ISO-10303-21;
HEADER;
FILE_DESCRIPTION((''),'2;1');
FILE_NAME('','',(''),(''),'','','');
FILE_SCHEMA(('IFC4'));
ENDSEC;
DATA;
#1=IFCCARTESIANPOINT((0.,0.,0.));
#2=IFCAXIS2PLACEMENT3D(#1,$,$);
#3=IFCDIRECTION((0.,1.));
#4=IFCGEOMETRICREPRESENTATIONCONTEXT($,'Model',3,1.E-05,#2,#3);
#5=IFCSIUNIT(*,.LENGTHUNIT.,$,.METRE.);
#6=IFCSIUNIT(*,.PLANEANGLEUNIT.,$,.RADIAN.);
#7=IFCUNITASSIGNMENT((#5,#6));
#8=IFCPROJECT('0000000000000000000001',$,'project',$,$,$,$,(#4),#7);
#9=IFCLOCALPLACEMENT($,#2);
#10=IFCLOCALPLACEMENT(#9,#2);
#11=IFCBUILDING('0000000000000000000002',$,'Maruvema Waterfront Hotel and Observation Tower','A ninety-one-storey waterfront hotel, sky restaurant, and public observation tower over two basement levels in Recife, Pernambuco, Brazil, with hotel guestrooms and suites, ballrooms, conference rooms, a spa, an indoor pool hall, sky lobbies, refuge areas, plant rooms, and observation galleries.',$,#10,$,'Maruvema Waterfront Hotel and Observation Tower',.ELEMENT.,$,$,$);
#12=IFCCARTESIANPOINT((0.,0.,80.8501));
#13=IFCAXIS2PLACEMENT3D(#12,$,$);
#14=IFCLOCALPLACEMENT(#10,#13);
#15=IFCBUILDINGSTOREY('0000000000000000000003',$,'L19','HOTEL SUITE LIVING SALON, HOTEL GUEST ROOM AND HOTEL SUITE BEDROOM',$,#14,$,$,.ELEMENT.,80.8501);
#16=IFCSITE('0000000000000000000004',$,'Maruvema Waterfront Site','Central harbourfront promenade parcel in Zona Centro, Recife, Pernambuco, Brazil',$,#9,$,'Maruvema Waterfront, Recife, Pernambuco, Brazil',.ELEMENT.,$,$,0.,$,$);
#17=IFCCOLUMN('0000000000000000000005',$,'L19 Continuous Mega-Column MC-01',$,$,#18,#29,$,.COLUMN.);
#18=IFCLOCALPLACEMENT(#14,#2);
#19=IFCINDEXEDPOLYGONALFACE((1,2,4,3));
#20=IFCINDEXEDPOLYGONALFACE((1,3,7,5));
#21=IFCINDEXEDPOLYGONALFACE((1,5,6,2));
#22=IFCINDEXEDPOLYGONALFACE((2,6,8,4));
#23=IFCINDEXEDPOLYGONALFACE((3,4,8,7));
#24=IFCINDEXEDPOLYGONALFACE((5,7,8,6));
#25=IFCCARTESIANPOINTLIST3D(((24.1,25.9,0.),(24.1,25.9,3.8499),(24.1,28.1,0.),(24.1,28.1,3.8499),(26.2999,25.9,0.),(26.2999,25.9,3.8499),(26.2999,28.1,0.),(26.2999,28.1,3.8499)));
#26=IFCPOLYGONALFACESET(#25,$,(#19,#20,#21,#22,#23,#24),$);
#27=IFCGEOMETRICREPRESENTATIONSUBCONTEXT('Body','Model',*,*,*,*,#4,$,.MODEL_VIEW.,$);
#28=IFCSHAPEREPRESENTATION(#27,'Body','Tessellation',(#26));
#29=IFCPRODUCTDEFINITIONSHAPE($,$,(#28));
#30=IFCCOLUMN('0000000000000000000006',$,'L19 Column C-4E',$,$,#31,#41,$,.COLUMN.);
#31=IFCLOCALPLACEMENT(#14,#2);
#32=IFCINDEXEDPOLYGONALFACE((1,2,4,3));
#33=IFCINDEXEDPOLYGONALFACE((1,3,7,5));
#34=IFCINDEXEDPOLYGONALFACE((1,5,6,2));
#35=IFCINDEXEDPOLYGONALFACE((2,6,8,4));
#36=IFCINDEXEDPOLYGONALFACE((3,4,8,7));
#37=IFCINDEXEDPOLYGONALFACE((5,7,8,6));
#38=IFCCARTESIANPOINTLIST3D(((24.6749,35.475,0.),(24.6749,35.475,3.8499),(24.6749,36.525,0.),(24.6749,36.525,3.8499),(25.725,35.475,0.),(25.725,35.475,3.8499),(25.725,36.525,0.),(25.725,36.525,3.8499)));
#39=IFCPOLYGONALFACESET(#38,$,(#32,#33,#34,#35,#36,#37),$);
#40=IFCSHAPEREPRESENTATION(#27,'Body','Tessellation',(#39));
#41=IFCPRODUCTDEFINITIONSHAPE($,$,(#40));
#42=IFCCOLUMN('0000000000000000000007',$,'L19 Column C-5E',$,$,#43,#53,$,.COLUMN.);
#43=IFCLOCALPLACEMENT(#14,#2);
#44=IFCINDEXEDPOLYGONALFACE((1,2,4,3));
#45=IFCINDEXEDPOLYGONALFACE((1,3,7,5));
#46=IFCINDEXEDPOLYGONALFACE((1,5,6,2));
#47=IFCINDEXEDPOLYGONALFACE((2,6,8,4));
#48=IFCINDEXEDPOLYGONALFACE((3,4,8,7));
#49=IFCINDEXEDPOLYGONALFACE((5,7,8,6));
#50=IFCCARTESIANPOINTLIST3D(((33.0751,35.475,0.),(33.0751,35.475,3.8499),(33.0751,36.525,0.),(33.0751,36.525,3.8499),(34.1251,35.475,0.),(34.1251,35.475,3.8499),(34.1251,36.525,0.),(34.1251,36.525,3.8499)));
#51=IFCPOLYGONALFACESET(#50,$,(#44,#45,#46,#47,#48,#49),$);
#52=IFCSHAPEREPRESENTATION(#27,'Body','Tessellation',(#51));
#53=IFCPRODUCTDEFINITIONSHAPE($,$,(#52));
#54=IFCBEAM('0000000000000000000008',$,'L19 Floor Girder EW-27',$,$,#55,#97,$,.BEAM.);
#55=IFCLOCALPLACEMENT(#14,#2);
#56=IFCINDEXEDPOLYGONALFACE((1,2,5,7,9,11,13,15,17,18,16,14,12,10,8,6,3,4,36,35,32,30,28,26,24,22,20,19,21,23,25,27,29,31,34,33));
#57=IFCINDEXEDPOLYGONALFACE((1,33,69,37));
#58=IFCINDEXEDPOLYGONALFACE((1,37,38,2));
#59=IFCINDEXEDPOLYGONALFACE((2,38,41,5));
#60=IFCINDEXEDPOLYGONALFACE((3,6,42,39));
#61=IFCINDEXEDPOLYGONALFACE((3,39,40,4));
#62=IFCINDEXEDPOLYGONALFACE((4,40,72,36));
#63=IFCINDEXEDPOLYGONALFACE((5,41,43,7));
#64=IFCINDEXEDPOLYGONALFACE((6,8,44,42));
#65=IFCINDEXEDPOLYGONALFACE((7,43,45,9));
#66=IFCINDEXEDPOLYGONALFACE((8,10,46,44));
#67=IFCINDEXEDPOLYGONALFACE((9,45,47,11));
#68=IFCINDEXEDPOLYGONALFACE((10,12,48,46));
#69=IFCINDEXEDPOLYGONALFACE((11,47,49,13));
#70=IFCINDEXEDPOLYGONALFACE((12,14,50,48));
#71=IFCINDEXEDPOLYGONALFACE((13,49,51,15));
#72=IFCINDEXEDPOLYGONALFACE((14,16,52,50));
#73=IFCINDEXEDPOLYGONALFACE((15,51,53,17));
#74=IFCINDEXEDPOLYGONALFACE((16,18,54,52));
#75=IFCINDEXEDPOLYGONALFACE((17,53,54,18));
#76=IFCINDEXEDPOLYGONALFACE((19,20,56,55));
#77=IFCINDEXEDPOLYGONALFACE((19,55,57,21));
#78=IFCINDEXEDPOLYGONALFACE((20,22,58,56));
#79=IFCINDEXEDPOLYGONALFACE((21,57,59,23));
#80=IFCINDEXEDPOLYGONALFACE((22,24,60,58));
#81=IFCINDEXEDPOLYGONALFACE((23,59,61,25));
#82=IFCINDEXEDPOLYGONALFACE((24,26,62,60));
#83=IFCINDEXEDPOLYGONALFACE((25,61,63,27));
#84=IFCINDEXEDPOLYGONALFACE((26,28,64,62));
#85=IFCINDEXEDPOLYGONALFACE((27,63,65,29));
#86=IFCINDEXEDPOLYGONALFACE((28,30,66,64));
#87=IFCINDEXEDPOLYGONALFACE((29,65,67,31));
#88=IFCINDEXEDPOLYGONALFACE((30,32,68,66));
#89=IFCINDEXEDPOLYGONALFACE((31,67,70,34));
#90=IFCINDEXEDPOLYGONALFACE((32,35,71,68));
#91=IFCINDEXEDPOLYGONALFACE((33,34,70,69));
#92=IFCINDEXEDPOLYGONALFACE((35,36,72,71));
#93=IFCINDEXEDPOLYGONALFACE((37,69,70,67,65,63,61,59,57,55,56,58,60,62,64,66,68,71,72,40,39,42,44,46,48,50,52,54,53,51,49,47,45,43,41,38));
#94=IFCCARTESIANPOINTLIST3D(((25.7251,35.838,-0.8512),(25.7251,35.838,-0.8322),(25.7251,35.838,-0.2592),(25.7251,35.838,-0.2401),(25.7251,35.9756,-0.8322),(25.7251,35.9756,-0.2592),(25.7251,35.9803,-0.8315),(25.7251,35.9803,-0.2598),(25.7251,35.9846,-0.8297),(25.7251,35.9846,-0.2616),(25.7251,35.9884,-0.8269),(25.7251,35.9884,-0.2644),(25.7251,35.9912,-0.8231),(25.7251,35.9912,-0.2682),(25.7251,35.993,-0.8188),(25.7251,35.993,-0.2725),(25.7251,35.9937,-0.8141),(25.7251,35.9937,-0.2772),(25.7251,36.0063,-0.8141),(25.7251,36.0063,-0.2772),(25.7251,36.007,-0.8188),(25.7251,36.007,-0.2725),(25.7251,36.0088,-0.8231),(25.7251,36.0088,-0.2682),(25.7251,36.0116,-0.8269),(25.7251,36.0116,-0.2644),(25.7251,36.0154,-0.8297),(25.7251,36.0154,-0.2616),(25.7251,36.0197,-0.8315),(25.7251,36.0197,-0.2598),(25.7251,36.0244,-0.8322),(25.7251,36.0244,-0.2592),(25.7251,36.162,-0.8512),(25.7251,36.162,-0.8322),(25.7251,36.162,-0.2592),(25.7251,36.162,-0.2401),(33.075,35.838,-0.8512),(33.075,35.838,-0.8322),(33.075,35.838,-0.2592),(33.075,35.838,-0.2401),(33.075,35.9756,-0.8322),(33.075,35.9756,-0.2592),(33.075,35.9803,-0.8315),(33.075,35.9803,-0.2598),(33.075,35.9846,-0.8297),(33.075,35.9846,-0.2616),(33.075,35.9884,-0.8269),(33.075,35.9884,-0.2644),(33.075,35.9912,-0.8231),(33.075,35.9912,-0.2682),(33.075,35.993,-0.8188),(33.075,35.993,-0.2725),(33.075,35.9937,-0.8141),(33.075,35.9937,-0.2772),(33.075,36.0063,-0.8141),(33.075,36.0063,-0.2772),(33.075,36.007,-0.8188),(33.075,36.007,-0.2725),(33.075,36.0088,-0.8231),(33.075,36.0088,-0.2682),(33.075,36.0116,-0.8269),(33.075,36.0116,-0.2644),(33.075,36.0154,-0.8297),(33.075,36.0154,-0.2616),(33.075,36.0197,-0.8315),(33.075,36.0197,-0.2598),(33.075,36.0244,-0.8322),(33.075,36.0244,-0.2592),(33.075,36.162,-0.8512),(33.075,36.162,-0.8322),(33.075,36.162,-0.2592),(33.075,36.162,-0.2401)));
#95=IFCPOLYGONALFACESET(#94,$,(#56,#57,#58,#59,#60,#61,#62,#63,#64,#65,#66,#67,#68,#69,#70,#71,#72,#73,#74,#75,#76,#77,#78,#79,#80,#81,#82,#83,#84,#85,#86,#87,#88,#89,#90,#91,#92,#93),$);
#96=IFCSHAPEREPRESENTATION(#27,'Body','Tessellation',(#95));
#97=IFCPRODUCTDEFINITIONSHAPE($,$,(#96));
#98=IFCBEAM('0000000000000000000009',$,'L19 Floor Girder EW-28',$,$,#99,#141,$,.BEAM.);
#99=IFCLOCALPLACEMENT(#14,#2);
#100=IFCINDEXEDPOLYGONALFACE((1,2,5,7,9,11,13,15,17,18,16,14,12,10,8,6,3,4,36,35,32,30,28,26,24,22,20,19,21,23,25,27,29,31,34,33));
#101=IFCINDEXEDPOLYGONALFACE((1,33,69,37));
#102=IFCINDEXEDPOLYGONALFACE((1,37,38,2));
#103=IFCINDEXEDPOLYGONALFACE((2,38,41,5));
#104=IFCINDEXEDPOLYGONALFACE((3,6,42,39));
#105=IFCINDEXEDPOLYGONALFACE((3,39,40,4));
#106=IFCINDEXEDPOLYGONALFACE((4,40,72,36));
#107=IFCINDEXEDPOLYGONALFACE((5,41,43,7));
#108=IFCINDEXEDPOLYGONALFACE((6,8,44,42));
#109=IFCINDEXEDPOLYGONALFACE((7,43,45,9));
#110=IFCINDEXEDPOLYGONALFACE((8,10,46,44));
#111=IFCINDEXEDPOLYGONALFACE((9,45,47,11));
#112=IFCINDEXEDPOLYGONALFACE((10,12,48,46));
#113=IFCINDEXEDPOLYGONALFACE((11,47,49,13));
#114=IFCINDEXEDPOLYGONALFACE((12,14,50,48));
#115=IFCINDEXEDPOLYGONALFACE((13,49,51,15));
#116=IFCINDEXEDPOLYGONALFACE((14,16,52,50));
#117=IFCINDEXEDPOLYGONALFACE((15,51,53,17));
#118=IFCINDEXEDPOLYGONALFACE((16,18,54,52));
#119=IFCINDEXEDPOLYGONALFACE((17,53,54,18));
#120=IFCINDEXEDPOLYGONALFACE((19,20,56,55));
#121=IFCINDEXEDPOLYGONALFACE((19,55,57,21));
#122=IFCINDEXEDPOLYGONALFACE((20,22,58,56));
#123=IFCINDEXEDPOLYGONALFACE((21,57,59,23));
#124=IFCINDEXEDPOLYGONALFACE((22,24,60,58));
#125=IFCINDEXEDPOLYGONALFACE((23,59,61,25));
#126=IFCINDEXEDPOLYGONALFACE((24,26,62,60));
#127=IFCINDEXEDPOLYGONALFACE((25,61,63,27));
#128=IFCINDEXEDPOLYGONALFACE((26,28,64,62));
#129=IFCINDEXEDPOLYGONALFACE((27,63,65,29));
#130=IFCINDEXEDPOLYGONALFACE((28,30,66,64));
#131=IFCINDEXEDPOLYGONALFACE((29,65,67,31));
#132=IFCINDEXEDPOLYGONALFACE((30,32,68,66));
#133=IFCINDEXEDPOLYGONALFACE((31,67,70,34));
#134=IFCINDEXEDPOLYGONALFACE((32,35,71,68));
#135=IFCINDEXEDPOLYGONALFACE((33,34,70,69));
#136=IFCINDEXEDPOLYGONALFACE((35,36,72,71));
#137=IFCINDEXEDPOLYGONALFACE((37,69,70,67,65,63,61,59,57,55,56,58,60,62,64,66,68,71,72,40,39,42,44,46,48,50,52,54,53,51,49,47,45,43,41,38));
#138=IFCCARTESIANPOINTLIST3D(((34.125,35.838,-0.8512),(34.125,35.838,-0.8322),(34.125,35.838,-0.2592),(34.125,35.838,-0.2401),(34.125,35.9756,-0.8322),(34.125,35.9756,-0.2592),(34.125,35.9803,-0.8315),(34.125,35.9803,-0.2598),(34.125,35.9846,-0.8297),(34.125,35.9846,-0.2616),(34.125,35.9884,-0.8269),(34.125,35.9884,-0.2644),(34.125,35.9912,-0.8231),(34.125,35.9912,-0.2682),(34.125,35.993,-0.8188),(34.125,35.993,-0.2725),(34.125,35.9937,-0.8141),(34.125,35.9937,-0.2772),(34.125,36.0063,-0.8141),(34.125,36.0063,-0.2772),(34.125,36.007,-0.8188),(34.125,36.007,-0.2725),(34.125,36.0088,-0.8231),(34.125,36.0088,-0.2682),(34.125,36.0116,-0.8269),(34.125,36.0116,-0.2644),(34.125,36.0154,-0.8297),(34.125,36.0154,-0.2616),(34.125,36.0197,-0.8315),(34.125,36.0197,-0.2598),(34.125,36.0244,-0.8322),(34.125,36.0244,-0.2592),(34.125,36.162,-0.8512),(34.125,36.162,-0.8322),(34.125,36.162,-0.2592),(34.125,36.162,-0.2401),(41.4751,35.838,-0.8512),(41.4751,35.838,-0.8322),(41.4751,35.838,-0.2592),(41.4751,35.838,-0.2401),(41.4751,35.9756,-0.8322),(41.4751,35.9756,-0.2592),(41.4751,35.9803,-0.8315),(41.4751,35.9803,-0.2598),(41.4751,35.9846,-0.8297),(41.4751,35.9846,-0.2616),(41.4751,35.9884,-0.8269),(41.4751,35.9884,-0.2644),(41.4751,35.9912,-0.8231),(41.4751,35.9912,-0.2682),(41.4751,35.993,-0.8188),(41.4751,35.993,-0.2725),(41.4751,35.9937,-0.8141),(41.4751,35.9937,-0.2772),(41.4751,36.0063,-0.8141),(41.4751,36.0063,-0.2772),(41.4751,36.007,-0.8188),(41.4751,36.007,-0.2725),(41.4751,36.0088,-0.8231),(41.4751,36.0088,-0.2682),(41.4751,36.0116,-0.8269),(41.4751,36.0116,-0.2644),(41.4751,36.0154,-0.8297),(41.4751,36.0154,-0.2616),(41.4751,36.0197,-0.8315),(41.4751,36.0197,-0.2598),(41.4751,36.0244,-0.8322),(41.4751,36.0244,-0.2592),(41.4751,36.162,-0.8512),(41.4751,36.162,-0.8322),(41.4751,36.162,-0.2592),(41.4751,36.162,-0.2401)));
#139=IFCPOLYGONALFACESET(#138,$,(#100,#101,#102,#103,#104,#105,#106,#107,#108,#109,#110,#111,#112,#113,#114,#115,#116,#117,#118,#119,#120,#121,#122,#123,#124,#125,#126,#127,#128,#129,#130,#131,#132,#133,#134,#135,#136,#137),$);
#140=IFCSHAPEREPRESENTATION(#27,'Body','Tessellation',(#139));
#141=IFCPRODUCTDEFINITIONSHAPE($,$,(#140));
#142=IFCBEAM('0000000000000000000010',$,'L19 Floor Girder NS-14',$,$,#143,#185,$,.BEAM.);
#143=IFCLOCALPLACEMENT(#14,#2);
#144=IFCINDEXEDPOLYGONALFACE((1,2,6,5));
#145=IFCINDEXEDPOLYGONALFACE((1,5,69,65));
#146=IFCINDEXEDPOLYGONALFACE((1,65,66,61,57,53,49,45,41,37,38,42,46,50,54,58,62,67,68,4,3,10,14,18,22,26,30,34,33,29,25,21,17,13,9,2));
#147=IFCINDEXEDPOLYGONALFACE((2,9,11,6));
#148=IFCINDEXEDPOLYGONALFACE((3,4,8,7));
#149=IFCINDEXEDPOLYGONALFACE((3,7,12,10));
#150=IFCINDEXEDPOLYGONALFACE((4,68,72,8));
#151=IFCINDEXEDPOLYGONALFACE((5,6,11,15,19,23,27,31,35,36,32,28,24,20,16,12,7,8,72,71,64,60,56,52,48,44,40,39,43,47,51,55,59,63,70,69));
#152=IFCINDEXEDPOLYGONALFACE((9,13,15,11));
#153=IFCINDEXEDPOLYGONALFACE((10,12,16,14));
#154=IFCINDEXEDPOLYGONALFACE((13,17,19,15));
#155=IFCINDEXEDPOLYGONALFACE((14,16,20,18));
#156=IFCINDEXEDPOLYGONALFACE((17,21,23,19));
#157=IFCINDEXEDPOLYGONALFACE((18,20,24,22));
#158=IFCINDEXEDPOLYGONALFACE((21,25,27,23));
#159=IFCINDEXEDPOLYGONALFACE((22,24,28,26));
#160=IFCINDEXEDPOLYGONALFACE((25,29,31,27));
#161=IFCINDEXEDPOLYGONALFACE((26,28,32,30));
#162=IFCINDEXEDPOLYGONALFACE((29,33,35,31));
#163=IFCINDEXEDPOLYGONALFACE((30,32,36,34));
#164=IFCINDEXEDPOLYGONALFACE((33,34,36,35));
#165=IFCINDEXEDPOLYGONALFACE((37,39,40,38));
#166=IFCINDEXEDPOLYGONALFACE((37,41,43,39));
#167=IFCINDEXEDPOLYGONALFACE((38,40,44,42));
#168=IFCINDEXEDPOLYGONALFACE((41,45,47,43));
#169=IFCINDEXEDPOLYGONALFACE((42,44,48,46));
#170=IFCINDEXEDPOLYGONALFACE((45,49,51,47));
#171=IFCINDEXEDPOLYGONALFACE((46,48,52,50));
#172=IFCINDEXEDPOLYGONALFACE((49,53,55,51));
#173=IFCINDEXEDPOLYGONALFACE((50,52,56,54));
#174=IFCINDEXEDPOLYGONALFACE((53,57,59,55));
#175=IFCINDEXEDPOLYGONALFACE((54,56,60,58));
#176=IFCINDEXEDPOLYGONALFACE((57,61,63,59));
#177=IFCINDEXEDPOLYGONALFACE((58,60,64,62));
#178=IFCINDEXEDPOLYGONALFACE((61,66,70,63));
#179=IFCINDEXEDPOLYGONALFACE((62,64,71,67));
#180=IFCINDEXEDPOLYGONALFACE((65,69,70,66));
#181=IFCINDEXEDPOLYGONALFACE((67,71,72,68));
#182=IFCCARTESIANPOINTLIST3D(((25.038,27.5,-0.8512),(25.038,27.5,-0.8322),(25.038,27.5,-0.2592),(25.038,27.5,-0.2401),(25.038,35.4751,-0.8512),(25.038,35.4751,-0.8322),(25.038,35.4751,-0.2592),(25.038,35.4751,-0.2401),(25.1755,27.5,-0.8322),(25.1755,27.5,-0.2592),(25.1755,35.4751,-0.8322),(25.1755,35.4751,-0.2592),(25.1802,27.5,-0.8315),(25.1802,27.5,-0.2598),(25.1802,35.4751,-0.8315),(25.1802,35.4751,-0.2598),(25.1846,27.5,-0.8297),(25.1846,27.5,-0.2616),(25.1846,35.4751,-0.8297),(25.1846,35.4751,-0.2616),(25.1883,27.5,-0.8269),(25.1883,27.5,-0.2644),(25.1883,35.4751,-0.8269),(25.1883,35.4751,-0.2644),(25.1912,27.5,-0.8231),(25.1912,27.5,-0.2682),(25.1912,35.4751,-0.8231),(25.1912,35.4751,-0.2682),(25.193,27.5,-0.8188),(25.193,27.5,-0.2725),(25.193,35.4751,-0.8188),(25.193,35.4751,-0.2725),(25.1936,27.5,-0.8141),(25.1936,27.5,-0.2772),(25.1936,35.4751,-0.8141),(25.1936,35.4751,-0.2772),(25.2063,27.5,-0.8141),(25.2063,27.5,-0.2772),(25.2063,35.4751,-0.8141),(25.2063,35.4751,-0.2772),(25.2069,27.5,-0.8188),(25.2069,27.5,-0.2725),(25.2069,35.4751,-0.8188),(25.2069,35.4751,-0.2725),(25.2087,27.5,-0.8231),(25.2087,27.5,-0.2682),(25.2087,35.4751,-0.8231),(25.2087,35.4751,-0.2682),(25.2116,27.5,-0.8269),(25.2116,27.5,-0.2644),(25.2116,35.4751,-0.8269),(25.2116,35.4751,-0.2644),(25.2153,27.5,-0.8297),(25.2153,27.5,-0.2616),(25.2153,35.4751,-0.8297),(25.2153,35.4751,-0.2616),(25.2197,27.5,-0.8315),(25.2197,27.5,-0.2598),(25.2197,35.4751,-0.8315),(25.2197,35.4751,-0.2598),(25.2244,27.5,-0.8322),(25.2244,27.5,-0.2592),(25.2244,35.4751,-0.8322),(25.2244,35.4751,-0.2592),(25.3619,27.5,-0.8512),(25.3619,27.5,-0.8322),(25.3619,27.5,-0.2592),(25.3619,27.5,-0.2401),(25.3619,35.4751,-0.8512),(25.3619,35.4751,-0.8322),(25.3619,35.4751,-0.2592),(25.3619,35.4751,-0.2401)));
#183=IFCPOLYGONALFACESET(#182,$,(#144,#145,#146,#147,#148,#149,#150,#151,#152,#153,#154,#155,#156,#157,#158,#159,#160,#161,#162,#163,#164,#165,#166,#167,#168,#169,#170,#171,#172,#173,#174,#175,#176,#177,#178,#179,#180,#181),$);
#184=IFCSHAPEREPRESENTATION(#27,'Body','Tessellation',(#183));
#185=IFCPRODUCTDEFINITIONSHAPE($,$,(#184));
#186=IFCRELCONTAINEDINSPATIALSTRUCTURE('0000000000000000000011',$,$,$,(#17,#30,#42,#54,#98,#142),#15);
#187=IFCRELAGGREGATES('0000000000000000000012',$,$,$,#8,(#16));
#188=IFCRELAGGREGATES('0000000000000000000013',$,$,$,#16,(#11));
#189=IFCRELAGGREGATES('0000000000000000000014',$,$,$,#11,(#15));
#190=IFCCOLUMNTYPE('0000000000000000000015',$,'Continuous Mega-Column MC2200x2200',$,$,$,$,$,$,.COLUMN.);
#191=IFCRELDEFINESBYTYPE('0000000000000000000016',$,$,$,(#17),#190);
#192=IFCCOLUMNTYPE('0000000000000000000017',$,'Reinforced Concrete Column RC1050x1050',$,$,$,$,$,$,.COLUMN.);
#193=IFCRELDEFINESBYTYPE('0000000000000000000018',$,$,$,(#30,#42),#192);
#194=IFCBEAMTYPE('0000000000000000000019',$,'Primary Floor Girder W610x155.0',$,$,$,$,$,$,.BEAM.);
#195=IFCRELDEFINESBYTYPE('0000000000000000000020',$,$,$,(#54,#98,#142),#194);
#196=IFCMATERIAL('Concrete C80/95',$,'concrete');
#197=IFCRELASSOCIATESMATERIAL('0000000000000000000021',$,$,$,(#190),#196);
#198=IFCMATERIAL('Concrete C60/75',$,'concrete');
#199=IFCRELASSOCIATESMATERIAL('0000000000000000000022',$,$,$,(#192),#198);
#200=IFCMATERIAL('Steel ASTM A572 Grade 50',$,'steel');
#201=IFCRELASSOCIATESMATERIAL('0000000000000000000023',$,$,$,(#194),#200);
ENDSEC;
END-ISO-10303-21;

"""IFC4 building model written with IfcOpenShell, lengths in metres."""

from ifc_helpers import new_model, si_unit, direction, frame, origin, origin_2d, place, context, subcontext, project, spatial, rectangle, i_section, extrude, material, material_profile, profile_set, type_object, element, save


model = new_model("IFC4")

# Units and contexts
model_context = context("Model", 3, precision=1e-05, world=origin(), true_north=direction((0.0, 1.0)))
body_context = subcontext(model_context, "Body", "Model", "MODEL_VIEW")
ifc_project = project(units=[si_unit("LENGTHUNIT", "METRE"), si_unit("PLANEANGLEUNIT", "RADIAN")], contexts=[model_context])

# Site, building, storey
site_placement = place(None, origin())
site = spatial("IfcSite", under=ifc_project, at=site_placement, Name="Maruvema Waterfront Site", Description="Central harbourfront promenade parcel in Zona Centro, Recife, Pernambuco, Brazil", LongName="Maruvema Waterfront, Recife, Pernambuco, Brazil", CompositionType="ELEMENT", RefElevation=0.0)
building_placement = place(site_placement, origin())
building = spatial("IfcBuilding", under=site, at=building_placement, Name="Maruvema Waterfront Hotel and Observation Tower", Description="A ninety-one-storey waterfront hotel, sky restaurant, and public observation tower over two basement levels in Recife, Pernambuco, Brazil, with hotel guestrooms and suites, ballrooms, conference rooms, a spa, an indoor pool hall, sky lobbies, refuge areas, plant rooms, and observation galleries.", LongName="Maruvema Waterfront Hotel and Observation Tower", CompositionType="ELEMENT")
storey_placement = place(building_placement, frame((0.0, 0.0, 80.8501)))
storey = spatial("IfcBuildingStorey", under=building, at=storey_placement, Name="L19", Description="HOTEL SUITE LIVING SALON, HOTEL GUEST ROOM AND HOTEL SUITE BEDROOM", CompositionType="ELEMENT", Elevation=80.8501)

# Columns
ifc_material_1 = material(Name="Concrete C80/95", Category="concrete")
ifc_material_profile_1 = material_profile(ifc_material_1, rectangle(XDim=2.2, YDim=2.2, at=origin_2d()), Name="MC2200x2200")
ifc_profile_set_1 = profile_set([ifc_material_profile_1], Name="Concrete C80/95")
column_type_1 = type_object("IfcColumnType", Name="Continuous Mega-Column MC2200x2200", PredefinedType="COLUMN", material=ifc_profile_set_1)
column_placement = place(storey_placement, frame((25.2, 27.0, 0.0), z_axis=(0.0, 0.0, 1.0), x_axis=(1.0, 0.0, 0.0)))
element("IfcColumn", 1, at=column_placement, inside=storey, type_object=column_type_1, Name="L19 Continuous Mega-Column MC-01", PredefinedType="COLUMN", context=body_context, shape_type="SweptSolid", body=[
    extrude(rectangle(XDim=2.2, YDim=2.2, at=origin_2d()), origin(), (0.0, 0.0, 1.0), 3.8499),
])
ifc_material_2 = material(Name="Concrete C60/75", Category="concrete")
ifc_material_profile_2 = material_profile(ifc_material_2, rectangle(XDim=1.05, YDim=1.05, at=origin_2d()), Name="RC1050x1050")
ifc_profile_set_2 = profile_set([ifc_material_profile_2], Name="Concrete C60/75")
column_type_2 = type_object("IfcColumnType", Name="Reinforced Concrete Column RC1050x1050", PredefinedType="COLUMN", material=ifc_profile_set_2)
for number, where, z_axis, x_axis, name in (
    (2, (25.2, 36.0, 0.0), (0.0, 0.0, 1.0), (1.0, 0.0, 0.0), "L19 Column C-4E"),
    (3, (33.6001, 36.0, 0.0), (0.0, 0.0, 1.0), (1.0, 0.0, 0.0), "L19 Column C-5E"),
):
    element("IfcColumn", number, at=place(storey_placement, frame(where, z_axis=z_axis, x_axis=x_axis)), inside=storey, type_object=column_type_2, Name=name, PredefinedType="COLUMN", context=body_context, shape_type="SweptSolid", body=[
        extrude(rectangle(XDim=1.05, YDim=1.05, at=origin_2d()), origin(), (0.0, 0.0, 1.0), 3.8499),
    ])

# Beams
ifc_material_3 = material(Name="Steel ASTM A572 Grade 50", Category="steel")
ifc_material_profile_3 = material_profile(ifc_material_3, i_section(OverallWidth=0.324, OverallDepth=0.6111, WebThickness=0.0127, FlangeThickness=0.019, FilletRadius=0.0181, at=origin_2d()), Name="W610x155.0")
ifc_profile_set_3 = profile_set([ifc_material_profile_3], Name="Steel ASTM A572 Grade 50")
beam_type_1 = type_object("IfcBeamType", Name="Primary Floor Girder W610x155.0", PredefinedType="BEAM", material=ifc_profile_set_3)
beam_1_placement = place(storey_placement, frame((25.7251, 36.0, -0.5457), z_axis=(1.0, 0.0, 0.0), x_axis=(0.0, 1.0, 0.0)))
element("IfcBeam", 4, at=beam_1_placement, inside=storey, type_object=beam_type_1, Name="L19 Floor Girder EW-27", PredefinedType="BEAM", context=body_context, shape_type="SweptSolid", body=[
    extrude(i_section(OverallWidth=0.324, OverallDepth=0.6111, WebThickness=0.0127, FlangeThickness=0.019, FilletRadius=0.0181, at=origin_2d()), origin(), (0.0, 0.0, 1.0), 7.3499),
])
beam_2_placement = place(storey_placement, frame((34.125, 36.0, -0.5457), z_axis=(1.0, 0.0, 0.0), x_axis=(0.0, 1.0, 0.0)))
element("IfcBeam", 5, at=beam_2_placement, inside=storey, type_object=beam_type_1, Name="L19 Floor Girder EW-28", PredefinedType="BEAM", context=body_context, shape_type="SweptSolid", body=[
    extrude(i_section(OverallWidth=0.324, OverallDepth=0.6111, WebThickness=0.0127, FlangeThickness=0.019, FilletRadius=0.0181, at=origin_2d()), origin(), (0.0, 0.0, 1.0), 7.3501),
])
for number, where, z_axis, x_axis, name in (
    (6, (25.2, 27.5, -0.5457), (0.0, 1.0, 0.0), (-1.0, 0.0, 0.0), "L19 Floor Girder NS-14"),
):
    element("IfcBeam", number, at=place(storey_placement, frame(where, z_axis=z_axis, x_axis=x_axis)), inside=storey, type_object=beam_type_1, Name=name, PredefinedType="BEAM", context=body_context, shape_type="SweptSolid", body=[
        extrude(i_section(OverallWidth=0.324, OverallDepth=0.6111, WebThickness=0.0127, FlangeThickness=0.019, FilletRadius=0.0181, at=origin_2d()), origin(), (0.0, 0.0, 1.0), 7.9751),
    ])

save(model, "model.ifc")
